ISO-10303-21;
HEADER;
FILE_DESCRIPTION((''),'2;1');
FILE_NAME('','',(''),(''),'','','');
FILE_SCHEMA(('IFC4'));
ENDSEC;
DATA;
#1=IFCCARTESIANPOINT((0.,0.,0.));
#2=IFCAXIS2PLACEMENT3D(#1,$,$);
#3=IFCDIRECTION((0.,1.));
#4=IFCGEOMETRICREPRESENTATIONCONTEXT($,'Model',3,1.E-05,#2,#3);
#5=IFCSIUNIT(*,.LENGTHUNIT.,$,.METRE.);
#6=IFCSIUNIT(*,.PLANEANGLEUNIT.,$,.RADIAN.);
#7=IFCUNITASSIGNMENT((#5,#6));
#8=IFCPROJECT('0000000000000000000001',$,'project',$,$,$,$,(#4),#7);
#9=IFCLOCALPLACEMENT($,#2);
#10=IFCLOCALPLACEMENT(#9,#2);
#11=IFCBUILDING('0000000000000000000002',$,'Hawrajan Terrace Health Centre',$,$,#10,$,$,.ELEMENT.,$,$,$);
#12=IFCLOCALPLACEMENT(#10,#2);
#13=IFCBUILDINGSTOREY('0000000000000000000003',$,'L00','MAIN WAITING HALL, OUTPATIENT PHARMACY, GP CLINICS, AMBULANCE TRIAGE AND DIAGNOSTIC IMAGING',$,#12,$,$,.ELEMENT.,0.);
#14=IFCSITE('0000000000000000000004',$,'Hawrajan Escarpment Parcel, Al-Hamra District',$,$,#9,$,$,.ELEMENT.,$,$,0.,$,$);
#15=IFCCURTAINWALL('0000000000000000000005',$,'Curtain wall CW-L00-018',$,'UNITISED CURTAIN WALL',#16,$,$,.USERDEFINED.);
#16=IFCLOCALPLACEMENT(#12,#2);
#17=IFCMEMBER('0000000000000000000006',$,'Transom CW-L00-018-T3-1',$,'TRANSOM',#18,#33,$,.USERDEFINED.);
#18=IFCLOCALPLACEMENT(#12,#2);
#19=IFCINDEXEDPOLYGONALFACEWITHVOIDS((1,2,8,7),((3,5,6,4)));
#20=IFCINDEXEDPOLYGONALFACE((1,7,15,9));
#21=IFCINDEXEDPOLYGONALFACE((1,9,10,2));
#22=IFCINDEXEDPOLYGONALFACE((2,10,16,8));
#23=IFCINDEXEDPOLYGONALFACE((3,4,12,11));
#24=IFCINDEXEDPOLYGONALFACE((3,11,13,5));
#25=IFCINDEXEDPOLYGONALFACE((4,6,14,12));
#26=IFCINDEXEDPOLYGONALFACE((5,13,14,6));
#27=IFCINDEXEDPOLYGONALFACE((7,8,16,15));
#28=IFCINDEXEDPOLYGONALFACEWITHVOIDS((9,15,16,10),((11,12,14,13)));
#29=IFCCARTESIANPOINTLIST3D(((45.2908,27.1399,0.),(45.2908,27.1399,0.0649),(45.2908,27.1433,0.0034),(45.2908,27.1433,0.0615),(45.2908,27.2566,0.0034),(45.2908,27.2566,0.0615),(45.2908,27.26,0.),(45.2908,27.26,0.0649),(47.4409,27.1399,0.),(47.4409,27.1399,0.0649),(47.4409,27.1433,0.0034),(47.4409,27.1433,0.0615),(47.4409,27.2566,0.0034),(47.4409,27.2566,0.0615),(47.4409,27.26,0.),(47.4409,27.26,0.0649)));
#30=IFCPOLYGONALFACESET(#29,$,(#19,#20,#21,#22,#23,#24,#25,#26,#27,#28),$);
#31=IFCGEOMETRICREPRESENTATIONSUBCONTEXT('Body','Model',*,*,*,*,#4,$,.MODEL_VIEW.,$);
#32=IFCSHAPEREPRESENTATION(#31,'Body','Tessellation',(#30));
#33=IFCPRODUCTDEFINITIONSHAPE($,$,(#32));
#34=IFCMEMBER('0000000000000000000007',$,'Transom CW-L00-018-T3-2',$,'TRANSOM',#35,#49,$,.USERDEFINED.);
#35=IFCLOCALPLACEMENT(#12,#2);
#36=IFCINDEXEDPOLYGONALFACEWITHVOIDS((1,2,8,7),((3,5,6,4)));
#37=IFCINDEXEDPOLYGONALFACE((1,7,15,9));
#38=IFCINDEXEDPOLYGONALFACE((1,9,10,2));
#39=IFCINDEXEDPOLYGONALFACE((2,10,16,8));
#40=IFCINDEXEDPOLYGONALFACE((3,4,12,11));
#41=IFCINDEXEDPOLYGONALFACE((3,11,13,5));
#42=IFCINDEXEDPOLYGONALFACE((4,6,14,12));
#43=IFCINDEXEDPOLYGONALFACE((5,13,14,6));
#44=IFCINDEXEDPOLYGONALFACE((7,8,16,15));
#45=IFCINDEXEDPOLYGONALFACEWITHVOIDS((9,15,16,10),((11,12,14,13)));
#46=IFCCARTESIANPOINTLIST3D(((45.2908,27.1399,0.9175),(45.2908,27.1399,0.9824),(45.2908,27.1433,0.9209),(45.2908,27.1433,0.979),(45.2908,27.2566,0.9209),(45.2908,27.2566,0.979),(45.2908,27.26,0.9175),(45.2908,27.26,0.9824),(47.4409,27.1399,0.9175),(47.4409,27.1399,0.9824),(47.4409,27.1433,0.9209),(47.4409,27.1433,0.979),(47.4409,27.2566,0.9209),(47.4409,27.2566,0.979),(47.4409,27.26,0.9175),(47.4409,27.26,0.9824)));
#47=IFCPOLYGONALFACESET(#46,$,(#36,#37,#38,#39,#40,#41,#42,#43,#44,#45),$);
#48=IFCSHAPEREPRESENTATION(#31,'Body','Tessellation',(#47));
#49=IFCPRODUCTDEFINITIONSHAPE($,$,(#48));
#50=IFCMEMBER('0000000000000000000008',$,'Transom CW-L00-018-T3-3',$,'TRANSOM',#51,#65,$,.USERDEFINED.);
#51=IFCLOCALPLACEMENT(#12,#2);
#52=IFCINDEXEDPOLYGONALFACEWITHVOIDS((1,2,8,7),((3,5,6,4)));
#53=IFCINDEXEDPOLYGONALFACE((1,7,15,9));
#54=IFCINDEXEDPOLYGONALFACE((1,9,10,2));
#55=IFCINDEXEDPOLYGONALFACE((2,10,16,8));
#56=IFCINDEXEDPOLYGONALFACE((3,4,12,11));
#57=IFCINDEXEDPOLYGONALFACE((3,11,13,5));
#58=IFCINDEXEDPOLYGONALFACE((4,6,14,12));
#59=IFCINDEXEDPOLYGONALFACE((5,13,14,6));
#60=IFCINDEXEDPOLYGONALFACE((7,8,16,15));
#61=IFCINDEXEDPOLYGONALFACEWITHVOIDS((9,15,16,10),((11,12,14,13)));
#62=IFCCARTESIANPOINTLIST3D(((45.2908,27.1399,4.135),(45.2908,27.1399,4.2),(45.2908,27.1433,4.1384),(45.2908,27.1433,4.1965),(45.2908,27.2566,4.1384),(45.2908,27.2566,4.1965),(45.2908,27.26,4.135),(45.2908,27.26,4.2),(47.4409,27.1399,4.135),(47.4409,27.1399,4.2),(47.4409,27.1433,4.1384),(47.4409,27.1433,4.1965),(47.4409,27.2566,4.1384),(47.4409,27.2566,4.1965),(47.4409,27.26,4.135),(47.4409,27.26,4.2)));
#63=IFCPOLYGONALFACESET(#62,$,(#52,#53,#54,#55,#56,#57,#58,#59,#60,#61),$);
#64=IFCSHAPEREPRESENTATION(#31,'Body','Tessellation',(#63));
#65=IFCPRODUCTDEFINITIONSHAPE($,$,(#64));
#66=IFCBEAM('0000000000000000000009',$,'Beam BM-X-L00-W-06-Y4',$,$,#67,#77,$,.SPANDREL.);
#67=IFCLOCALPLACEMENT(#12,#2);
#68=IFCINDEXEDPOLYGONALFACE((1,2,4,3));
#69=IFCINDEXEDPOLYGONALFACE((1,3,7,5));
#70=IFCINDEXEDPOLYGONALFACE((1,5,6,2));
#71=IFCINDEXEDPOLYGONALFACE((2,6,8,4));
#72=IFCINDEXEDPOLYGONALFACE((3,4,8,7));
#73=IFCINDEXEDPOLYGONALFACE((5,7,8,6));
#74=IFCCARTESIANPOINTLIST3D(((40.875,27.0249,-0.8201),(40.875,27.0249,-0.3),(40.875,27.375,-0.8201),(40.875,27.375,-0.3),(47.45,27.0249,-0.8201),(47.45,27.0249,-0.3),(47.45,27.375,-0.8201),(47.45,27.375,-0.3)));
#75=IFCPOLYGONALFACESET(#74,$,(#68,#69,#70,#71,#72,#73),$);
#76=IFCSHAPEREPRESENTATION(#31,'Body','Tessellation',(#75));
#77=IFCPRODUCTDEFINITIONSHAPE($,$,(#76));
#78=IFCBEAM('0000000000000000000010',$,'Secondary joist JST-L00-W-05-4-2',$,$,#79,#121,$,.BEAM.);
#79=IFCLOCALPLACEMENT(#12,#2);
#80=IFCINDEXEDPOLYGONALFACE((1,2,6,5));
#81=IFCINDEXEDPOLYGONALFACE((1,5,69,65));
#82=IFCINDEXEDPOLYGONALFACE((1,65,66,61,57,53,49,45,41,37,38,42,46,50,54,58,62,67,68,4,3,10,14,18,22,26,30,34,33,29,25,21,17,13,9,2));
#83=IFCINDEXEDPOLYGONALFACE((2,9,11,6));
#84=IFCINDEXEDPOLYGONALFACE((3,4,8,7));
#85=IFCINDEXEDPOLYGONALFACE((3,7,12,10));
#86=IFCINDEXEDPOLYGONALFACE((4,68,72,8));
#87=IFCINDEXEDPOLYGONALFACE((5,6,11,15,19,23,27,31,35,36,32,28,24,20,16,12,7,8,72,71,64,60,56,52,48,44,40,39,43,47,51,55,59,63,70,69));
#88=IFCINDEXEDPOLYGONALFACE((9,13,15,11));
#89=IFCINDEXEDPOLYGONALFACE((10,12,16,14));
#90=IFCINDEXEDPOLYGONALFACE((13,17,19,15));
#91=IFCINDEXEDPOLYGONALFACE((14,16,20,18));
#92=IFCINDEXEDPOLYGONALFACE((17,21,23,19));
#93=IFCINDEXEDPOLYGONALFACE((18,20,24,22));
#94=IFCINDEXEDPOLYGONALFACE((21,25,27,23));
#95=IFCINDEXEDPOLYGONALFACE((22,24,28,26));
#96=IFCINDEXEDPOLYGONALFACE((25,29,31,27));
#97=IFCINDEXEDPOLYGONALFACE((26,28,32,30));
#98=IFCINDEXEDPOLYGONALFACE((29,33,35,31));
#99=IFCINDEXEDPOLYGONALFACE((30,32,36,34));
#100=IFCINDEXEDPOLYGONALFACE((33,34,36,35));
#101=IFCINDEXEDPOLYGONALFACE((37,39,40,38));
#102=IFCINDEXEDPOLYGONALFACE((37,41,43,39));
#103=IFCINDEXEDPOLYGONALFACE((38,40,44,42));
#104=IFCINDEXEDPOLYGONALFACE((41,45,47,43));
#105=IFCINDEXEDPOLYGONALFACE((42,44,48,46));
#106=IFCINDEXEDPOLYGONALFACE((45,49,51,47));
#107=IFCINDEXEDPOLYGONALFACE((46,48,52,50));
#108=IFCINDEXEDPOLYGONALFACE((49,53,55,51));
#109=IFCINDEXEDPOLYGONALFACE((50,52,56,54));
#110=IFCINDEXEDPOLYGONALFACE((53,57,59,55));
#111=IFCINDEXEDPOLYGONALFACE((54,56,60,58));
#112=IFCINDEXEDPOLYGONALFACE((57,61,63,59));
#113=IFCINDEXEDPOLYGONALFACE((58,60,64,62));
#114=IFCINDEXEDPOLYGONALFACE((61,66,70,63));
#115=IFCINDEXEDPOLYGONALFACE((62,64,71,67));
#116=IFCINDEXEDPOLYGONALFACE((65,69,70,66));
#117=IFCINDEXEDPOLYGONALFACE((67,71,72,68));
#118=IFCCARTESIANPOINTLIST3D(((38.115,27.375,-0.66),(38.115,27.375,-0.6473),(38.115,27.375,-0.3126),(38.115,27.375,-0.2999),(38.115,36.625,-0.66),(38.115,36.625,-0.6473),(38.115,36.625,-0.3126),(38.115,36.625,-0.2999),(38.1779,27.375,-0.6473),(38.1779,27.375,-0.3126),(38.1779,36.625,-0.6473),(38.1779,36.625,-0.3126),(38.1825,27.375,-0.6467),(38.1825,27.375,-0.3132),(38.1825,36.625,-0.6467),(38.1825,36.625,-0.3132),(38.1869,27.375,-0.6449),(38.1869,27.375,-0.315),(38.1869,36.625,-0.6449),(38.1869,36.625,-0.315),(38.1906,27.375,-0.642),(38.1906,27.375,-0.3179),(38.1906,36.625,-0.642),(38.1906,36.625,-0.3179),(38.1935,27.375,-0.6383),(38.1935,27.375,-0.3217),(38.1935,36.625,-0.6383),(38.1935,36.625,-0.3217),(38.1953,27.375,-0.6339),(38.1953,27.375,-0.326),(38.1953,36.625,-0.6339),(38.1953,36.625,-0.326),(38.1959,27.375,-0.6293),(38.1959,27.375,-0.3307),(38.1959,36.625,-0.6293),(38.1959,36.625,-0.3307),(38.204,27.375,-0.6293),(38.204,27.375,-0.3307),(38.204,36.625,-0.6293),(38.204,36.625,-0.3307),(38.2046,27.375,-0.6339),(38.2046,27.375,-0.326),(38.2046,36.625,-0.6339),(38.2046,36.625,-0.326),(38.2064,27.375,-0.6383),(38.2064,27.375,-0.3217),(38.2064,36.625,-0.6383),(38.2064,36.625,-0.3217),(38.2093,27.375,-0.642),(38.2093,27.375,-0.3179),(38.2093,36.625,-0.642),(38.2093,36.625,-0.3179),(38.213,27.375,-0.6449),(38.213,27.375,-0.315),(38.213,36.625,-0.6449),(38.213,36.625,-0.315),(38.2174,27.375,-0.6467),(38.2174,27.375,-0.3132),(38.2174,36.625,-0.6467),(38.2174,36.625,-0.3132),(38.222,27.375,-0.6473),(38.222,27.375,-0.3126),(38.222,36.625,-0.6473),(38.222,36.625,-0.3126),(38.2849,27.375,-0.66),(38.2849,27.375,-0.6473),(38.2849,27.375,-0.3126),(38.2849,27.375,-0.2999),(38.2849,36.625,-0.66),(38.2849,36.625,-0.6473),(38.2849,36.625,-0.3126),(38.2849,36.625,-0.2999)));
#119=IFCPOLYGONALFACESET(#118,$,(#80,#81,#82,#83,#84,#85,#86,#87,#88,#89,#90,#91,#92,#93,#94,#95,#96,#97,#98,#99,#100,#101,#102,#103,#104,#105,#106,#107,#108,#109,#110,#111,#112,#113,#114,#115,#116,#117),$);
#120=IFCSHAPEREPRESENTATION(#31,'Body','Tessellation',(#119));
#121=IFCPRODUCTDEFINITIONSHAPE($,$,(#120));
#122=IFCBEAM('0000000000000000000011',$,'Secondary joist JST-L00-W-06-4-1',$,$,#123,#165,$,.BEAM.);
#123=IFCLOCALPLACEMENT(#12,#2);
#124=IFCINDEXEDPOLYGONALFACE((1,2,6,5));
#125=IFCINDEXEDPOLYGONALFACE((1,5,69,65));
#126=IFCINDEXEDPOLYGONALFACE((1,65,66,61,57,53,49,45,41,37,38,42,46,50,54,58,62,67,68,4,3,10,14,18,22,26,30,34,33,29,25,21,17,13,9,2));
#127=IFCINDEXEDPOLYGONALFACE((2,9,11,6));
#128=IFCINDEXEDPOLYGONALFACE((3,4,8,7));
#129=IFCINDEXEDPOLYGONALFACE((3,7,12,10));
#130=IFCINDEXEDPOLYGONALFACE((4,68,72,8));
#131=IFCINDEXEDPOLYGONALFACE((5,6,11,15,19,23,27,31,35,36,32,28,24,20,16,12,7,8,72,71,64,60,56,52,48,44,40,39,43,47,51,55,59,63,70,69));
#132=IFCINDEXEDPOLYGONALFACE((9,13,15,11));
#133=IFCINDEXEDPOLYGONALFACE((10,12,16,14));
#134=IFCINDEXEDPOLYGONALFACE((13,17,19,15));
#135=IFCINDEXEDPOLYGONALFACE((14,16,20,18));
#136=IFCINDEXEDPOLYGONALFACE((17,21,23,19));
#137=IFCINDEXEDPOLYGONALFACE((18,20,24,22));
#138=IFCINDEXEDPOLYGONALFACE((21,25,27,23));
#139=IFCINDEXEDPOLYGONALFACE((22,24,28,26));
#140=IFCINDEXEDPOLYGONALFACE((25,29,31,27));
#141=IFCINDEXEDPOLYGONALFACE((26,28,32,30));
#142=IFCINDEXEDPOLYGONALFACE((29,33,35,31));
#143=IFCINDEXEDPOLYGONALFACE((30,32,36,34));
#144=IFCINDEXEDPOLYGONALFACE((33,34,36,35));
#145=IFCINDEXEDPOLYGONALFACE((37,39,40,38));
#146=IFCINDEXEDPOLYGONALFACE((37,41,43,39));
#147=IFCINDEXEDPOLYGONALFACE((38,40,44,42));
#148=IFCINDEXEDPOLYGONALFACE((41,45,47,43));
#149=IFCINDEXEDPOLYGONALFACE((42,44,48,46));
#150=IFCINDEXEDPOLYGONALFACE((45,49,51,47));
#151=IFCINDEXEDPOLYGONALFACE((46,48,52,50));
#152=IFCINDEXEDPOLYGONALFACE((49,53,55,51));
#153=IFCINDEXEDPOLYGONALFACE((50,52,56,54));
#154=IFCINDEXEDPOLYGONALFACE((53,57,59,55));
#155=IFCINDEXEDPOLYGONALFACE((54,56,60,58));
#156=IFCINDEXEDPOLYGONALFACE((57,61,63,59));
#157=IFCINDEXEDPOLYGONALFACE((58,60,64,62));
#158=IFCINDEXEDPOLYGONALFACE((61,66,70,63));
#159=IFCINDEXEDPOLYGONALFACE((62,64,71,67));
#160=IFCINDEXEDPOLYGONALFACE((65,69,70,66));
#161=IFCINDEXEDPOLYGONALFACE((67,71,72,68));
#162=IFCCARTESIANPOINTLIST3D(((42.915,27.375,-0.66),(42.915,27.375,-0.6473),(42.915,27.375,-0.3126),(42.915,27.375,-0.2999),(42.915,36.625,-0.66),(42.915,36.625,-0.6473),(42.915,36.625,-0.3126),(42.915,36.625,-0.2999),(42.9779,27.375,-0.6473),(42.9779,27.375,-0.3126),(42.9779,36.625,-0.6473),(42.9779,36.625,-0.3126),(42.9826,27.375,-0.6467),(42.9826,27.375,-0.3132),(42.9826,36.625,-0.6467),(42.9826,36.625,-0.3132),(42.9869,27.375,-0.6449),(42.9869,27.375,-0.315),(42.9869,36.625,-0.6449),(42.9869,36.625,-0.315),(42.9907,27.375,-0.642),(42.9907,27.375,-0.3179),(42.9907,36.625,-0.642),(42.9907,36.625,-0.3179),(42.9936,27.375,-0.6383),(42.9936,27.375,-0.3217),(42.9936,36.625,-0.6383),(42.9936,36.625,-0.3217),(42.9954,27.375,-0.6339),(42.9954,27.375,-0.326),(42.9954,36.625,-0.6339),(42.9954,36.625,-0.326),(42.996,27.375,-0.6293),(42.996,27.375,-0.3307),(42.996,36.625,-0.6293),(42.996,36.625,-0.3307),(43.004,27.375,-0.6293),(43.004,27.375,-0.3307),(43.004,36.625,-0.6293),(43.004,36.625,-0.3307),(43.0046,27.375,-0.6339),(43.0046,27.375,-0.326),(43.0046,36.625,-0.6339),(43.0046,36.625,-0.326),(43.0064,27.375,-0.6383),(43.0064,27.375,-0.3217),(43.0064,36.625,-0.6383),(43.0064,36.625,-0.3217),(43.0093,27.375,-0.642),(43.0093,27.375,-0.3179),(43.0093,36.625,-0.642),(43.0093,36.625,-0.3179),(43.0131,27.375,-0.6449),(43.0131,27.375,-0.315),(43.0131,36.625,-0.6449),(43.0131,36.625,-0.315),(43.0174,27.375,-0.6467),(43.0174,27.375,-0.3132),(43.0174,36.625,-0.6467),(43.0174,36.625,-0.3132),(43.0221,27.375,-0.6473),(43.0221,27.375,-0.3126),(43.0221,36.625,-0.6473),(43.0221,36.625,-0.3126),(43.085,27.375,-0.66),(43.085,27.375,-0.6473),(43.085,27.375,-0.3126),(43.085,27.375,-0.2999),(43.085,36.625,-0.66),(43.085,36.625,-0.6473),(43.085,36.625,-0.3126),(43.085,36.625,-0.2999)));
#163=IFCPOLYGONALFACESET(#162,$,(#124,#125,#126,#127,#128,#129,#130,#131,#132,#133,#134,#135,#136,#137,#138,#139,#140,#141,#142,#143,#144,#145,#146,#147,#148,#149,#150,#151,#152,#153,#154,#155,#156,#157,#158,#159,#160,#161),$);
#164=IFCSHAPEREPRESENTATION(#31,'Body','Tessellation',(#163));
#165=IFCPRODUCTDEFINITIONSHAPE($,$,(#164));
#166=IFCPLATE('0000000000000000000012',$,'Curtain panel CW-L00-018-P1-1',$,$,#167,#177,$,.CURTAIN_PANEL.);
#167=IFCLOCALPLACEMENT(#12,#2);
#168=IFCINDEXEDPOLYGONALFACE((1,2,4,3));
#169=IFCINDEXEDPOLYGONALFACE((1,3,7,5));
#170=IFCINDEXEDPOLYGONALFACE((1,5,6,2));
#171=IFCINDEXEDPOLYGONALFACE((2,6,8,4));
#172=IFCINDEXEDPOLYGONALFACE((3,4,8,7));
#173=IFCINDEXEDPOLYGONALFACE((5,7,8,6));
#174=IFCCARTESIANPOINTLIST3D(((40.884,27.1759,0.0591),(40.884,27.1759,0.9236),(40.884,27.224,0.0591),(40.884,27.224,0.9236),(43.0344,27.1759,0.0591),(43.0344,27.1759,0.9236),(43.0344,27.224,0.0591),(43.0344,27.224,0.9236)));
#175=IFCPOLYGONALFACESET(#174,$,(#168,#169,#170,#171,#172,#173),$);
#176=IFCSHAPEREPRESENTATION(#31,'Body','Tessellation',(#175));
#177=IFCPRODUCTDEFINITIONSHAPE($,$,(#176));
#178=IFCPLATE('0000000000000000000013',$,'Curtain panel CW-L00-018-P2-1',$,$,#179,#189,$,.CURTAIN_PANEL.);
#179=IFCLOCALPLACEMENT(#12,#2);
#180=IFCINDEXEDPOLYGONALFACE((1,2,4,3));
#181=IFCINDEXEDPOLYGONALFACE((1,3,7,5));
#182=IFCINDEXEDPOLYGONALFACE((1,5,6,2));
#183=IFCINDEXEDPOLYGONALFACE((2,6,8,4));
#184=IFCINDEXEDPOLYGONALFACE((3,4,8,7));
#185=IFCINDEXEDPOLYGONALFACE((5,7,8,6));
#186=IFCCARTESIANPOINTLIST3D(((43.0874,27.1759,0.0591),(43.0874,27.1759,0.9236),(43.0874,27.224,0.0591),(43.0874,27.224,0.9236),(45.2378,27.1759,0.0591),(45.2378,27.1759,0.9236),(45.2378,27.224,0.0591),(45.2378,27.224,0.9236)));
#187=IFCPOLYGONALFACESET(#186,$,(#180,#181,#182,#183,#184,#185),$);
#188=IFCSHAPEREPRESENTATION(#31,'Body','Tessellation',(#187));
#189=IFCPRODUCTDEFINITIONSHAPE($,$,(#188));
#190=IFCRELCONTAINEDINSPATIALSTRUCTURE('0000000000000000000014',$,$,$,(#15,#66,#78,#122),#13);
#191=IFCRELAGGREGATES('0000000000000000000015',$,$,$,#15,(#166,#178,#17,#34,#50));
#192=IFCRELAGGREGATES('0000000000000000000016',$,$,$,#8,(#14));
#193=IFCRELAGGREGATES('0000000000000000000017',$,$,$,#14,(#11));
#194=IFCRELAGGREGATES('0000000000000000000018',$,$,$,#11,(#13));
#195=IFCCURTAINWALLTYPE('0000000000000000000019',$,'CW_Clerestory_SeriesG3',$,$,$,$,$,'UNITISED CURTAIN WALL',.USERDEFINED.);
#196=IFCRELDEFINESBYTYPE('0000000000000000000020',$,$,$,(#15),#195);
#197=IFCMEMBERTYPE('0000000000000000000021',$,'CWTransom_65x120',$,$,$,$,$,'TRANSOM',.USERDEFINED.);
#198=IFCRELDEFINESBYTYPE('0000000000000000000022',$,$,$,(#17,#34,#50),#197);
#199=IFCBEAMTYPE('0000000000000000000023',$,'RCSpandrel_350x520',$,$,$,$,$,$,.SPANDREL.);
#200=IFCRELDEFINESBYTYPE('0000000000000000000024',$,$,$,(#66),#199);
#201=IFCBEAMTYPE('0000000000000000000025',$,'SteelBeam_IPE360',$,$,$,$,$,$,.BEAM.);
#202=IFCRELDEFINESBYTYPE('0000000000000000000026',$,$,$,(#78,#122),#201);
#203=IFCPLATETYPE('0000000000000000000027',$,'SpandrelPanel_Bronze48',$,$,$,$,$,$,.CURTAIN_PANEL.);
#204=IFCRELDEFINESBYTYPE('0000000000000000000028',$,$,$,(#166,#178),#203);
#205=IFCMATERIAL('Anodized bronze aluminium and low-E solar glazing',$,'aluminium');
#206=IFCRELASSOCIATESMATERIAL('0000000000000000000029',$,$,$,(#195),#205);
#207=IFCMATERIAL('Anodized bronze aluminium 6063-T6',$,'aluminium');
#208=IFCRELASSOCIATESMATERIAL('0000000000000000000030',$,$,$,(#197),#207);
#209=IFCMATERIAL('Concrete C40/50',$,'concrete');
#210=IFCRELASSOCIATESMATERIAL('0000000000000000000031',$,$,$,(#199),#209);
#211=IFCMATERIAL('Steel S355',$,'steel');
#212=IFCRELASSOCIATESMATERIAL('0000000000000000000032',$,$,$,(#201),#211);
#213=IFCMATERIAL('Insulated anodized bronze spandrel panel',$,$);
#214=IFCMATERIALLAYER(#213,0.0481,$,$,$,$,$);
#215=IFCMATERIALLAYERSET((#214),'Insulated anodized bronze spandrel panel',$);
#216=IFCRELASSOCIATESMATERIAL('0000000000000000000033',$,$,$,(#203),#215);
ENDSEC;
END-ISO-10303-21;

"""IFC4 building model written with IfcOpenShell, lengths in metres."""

from ifc_helpers import new_model, si_unit, direction, frame, origin, origin_2d, place, context, subcontext, project, spatial, rectangle, hollow_rectangle, i_section, extrude, material, layer, layer_set, material_profile, profile_set, type_object, element, aggregate, save


model = new_model("IFC4")

# Units and contexts
model_context = context("Model", 3, precision=1e-05, world=origin(), true_north=direction((0.0, 1.0)))
body_context = subcontext(model_context, "Body", "Model", "MODEL_VIEW")
ifc_project = project(units=[si_unit("LENGTHUNIT", "METRE"), si_unit("PLANEANGLEUNIT", "RADIAN")], contexts=[model_context])

# Site, building, storey
site_placement = place(None, origin())
site = spatial("IfcSite", under=ifc_project, at=site_placement, Name="Hawrajan Escarpment Parcel, Al-Hamra District", CompositionType="ELEMENT", RefElevation=0.0)
building_placement = place(site_placement, origin())
building = spatial("IfcBuilding", under=site, at=building_placement, Name="Hawrajan Terrace Health Centre", CompositionType="ELEMENT")
storey_placement = place(building_placement, origin())
storey = spatial("IfcBuildingStorey", under=building, at=storey_placement, Name="L00", Description="MAIN WAITING HALL, OUTPATIENT PHARMACY, GP CLINICS, AMBULANCE TRIAGE AND DIAGNOSTIC IMAGING", CompositionType="ELEMENT", Elevation=0.0)

# Shared definitions
ifc_material_1 = material(Name="Concrete C40/50", Category="concrete")

# Shared definitions
ifc_material_2 = material(Name="Anodized bronze aluminium and low-E solar glazing", Category="aluminium")
ifc_material_3 = material(Name="Anodized bronze aluminium 6063-T6", Category="aluminium")

# Curtain wall, members
curtain_wall_type_1 = type_object("IfcCurtainWallType", Name="CW_Clerestory_SeriesG3", ElementType="UNITISED CURTAIN WALL", PredefinedType="USERDEFINED", material=ifc_material_2)
curtain_wall_1_placement = place(storey_placement, origin())
curtain_wall_1 = element("IfcCurtainWall", 1, at=curtain_wall_1_placement, inside=storey, type_object=curtain_wall_type_1, Name="Curtain wall CW-L00-018", ObjectType="UNITISED CURTAIN WALL", PredefinedType="USERDEFINED")
ifc_material_profile_1 = material_profile(ifc_material_3, hollow_rectangle(XDim=0.0649, YDim=0.1201, WallThickness=0.0034, at=origin_2d()), Name="CW TRN 65x120")
ifc_profile_set_1 = profile_set([ifc_material_profile_1], Name="Anodized bronze aluminium 6063-T6")
member_type_1 = type_object("IfcMemberType", Name="CWTransom_65x120", ElementType="TRANSOM", PredefinedType="USERDEFINED", material=ifc_profile_set_1)
member_1_placement = place(storey_placement, frame((45.2908, 27.2, 0.0325), z_axis=(1.0, 0.0, 0.0), x_axis=(0.0, 0.0, 1.0)))
member_1 = element("IfcMember", 2, at=member_1_placement, type_object=member_type_1, Name="Transom CW-L00-018-T3-1", ObjectType="TRANSOM", PredefinedType="USERDEFINED", context=body_context, shape_type="SweptSolid", body=[
    extrude(hollow_rectangle(XDim=0.0649, YDim=0.1201, WallThickness=0.0034, at=origin_2d()), origin(), (0.0, 0.0, 1.0), 2.1501),
])
member_2_placement = place(storey_placement, frame((45.2908, 27.2, 0.95), z_axis=(1.0, 0.0, 0.0), x_axis=(0.0, 0.0, 1.0)))
member_2 = element("IfcMember", 3, at=member_2_placement, type_object=member_type_1, Name="Transom CW-L00-018-T3-2", ObjectType="TRANSOM", PredefinedType="USERDEFINED", context=body_context, shape_type="SweptSolid", body=[
    extrude(hollow_rectangle(XDim=0.0649, YDim=0.1201, WallThickness=0.0034, at=origin_2d()), origin(), (0.0, 0.0, 1.0), 2.1501),
])
member_3_placement = place(storey_placement, frame((45.2908, 27.2, 4.1675), z_axis=(1.0, 0.0, 0.0), x_axis=(0.0, 0.0, 1.0)))
member_3 = element("IfcMember", 4, at=member_3_placement, type_object=member_type_1, Name="Transom CW-L00-018-T3-3", ObjectType="TRANSOM", PredefinedType="USERDEFINED", context=body_context, shape_type="SweptSolid", body=[
    extrude(hollow_rectangle(XDim=0.0649, YDim=0.1201, WallThickness=0.0034, at=origin_2d()), origin(), (0.0, 0.0, 1.0), 2.1501),
])

# Beams
ifc_material_profile_2 = material_profile(ifc_material_1, rectangle(XDim=0.3501, YDim=0.52, at=origin_2d()), Name="RC SP 350x520")
ifc_profile_set_2 = profile_set([ifc_material_profile_2], Name="Concrete C40/50")
beam_type_1 = type_object("IfcBeamType", Name="RCSpandrel_350x520", PredefinedType="SPANDREL", material=ifc_profile_set_2)
beam_placement = place(storey_placement, frame((40.875, 27.2, -0.5601), z_axis=(1.0, 0.0, 0.0), x_axis=(0.0, 1.0, 0.0)))
element("IfcBeam", 5, at=beam_placement, inside=storey, type_object=beam_type_1, Name="Beam BM-X-L00-W-06-Y4", PredefinedType="SPANDREL", context=body_context, shape_type="SweptSolid", body=[
    extrude(rectangle(XDim=0.3501, YDim=0.52, at=origin_2d()), origin(), (0.0, 0.0, 1.0), 6.575),
])
ifc_material_4 = material(Name="Steel S355", Category="steel")
ifc_material_profile_3 = material_profile(ifc_material_4, i_section(OverallWidth=0.1699, OverallDepth=0.3601, WebThickness=0.0081, FlangeThickness=0.0127, FilletRadius=0.0181, at=origin_2d()), Name="IPE 360")
ifc_profile_set_3 = profile_set([ifc_material_profile_3], Name="Steel S355")
beam_type_2 = type_object("IfcBeamType", Name="SteelBeam_IPE360", PredefinedType="BEAM", material=ifc_profile_set_3)
for number, where, z_axis, x_axis, name in (
    (6, (38.2, 27.375, -0.48), (0.0, 1.0, 0.0), (-1.0, 0.0, 0.0), "Secondary joist JST-L00-W-05-4-2"),
    (7, (43.0, 27.375, -0.48), (0.0, 1.0, 0.0), (-1.0, 0.0, 0.0), "Secondary joist JST-L00-W-06-4-1"),
):
    element("IfcBeam", number, at=place(storey_placement, frame(where, z_axis=z_axis, x_axis=x_axis)), inside=storey, type_object=beam_type_2, Name=name, PredefinedType="BEAM", context=body_context, shape_type="SweptSolid", body=[
        extrude(i_section(OverallWidth=0.1699, OverallDepth=0.3601, WebThickness=0.0081, FlangeThickness=0.0127, FilletRadius=0.0181, at=origin_2d()), origin(), (0.0, 0.0, 1.0), 9.25),
    ])

# Plates
ifc_material_5 = material(Name="Insulated anodized bronze spandrel panel")
ifc_layer_1 = layer(ifc_material_5, 0.0481)
ifc_layer_set_1 = layer_set([ifc_layer_1], Name="Insulated anodized bronze spandrel panel")
plate_type_1 = type_object("IfcPlateType", Name="SpandrelPanel_Bronze48", PredefinedType="CURTAIN_PANEL", material=ifc_layer_set_1)
plate_1_placement = place(storey_placement, frame((41.9592, 27.2, 0.0591), z_axis=(0.0, 0.0, 1.0), x_axis=(1.0, 0.0, 0.0)))
plate_1 = element("IfcPlate", 8, at=plate_1_placement, type_object=plate_type_1, Name="Curtain panel CW-L00-018-P1-1", PredefinedType="CURTAIN_PANEL", context=body_context, shape_type="SweptSolid", body=[
    extrude(rectangle(XDim=2.1504, YDim=0.0481, at=origin_2d()), origin(), (0.0, 0.0, 1.0), 0.8645),
])
plate_2_placement = place(storey_placement, frame((44.1626, 27.2, 0.0591), z_axis=(0.0, 0.0, 1.0), x_axis=(1.0, 0.0, 0.0)))
plate_2 = element("IfcPlate", 9, at=plate_2_placement, type_object=plate_type_1, Name="Curtain panel CW-L00-018-P2-1", PredefinedType="CURTAIN_PANEL", context=body_context, shape_type="SweptSolid", body=[
    extrude(rectangle(XDim=2.1504, YDim=0.0481, at=origin_2d()), origin(), (0.0, 0.0, 1.0), 0.8645),
])
aggregate(curtain_wall_1, [plate_1, plate_2, member_1, member_2, member_3])

save(model, "model.ifc")
